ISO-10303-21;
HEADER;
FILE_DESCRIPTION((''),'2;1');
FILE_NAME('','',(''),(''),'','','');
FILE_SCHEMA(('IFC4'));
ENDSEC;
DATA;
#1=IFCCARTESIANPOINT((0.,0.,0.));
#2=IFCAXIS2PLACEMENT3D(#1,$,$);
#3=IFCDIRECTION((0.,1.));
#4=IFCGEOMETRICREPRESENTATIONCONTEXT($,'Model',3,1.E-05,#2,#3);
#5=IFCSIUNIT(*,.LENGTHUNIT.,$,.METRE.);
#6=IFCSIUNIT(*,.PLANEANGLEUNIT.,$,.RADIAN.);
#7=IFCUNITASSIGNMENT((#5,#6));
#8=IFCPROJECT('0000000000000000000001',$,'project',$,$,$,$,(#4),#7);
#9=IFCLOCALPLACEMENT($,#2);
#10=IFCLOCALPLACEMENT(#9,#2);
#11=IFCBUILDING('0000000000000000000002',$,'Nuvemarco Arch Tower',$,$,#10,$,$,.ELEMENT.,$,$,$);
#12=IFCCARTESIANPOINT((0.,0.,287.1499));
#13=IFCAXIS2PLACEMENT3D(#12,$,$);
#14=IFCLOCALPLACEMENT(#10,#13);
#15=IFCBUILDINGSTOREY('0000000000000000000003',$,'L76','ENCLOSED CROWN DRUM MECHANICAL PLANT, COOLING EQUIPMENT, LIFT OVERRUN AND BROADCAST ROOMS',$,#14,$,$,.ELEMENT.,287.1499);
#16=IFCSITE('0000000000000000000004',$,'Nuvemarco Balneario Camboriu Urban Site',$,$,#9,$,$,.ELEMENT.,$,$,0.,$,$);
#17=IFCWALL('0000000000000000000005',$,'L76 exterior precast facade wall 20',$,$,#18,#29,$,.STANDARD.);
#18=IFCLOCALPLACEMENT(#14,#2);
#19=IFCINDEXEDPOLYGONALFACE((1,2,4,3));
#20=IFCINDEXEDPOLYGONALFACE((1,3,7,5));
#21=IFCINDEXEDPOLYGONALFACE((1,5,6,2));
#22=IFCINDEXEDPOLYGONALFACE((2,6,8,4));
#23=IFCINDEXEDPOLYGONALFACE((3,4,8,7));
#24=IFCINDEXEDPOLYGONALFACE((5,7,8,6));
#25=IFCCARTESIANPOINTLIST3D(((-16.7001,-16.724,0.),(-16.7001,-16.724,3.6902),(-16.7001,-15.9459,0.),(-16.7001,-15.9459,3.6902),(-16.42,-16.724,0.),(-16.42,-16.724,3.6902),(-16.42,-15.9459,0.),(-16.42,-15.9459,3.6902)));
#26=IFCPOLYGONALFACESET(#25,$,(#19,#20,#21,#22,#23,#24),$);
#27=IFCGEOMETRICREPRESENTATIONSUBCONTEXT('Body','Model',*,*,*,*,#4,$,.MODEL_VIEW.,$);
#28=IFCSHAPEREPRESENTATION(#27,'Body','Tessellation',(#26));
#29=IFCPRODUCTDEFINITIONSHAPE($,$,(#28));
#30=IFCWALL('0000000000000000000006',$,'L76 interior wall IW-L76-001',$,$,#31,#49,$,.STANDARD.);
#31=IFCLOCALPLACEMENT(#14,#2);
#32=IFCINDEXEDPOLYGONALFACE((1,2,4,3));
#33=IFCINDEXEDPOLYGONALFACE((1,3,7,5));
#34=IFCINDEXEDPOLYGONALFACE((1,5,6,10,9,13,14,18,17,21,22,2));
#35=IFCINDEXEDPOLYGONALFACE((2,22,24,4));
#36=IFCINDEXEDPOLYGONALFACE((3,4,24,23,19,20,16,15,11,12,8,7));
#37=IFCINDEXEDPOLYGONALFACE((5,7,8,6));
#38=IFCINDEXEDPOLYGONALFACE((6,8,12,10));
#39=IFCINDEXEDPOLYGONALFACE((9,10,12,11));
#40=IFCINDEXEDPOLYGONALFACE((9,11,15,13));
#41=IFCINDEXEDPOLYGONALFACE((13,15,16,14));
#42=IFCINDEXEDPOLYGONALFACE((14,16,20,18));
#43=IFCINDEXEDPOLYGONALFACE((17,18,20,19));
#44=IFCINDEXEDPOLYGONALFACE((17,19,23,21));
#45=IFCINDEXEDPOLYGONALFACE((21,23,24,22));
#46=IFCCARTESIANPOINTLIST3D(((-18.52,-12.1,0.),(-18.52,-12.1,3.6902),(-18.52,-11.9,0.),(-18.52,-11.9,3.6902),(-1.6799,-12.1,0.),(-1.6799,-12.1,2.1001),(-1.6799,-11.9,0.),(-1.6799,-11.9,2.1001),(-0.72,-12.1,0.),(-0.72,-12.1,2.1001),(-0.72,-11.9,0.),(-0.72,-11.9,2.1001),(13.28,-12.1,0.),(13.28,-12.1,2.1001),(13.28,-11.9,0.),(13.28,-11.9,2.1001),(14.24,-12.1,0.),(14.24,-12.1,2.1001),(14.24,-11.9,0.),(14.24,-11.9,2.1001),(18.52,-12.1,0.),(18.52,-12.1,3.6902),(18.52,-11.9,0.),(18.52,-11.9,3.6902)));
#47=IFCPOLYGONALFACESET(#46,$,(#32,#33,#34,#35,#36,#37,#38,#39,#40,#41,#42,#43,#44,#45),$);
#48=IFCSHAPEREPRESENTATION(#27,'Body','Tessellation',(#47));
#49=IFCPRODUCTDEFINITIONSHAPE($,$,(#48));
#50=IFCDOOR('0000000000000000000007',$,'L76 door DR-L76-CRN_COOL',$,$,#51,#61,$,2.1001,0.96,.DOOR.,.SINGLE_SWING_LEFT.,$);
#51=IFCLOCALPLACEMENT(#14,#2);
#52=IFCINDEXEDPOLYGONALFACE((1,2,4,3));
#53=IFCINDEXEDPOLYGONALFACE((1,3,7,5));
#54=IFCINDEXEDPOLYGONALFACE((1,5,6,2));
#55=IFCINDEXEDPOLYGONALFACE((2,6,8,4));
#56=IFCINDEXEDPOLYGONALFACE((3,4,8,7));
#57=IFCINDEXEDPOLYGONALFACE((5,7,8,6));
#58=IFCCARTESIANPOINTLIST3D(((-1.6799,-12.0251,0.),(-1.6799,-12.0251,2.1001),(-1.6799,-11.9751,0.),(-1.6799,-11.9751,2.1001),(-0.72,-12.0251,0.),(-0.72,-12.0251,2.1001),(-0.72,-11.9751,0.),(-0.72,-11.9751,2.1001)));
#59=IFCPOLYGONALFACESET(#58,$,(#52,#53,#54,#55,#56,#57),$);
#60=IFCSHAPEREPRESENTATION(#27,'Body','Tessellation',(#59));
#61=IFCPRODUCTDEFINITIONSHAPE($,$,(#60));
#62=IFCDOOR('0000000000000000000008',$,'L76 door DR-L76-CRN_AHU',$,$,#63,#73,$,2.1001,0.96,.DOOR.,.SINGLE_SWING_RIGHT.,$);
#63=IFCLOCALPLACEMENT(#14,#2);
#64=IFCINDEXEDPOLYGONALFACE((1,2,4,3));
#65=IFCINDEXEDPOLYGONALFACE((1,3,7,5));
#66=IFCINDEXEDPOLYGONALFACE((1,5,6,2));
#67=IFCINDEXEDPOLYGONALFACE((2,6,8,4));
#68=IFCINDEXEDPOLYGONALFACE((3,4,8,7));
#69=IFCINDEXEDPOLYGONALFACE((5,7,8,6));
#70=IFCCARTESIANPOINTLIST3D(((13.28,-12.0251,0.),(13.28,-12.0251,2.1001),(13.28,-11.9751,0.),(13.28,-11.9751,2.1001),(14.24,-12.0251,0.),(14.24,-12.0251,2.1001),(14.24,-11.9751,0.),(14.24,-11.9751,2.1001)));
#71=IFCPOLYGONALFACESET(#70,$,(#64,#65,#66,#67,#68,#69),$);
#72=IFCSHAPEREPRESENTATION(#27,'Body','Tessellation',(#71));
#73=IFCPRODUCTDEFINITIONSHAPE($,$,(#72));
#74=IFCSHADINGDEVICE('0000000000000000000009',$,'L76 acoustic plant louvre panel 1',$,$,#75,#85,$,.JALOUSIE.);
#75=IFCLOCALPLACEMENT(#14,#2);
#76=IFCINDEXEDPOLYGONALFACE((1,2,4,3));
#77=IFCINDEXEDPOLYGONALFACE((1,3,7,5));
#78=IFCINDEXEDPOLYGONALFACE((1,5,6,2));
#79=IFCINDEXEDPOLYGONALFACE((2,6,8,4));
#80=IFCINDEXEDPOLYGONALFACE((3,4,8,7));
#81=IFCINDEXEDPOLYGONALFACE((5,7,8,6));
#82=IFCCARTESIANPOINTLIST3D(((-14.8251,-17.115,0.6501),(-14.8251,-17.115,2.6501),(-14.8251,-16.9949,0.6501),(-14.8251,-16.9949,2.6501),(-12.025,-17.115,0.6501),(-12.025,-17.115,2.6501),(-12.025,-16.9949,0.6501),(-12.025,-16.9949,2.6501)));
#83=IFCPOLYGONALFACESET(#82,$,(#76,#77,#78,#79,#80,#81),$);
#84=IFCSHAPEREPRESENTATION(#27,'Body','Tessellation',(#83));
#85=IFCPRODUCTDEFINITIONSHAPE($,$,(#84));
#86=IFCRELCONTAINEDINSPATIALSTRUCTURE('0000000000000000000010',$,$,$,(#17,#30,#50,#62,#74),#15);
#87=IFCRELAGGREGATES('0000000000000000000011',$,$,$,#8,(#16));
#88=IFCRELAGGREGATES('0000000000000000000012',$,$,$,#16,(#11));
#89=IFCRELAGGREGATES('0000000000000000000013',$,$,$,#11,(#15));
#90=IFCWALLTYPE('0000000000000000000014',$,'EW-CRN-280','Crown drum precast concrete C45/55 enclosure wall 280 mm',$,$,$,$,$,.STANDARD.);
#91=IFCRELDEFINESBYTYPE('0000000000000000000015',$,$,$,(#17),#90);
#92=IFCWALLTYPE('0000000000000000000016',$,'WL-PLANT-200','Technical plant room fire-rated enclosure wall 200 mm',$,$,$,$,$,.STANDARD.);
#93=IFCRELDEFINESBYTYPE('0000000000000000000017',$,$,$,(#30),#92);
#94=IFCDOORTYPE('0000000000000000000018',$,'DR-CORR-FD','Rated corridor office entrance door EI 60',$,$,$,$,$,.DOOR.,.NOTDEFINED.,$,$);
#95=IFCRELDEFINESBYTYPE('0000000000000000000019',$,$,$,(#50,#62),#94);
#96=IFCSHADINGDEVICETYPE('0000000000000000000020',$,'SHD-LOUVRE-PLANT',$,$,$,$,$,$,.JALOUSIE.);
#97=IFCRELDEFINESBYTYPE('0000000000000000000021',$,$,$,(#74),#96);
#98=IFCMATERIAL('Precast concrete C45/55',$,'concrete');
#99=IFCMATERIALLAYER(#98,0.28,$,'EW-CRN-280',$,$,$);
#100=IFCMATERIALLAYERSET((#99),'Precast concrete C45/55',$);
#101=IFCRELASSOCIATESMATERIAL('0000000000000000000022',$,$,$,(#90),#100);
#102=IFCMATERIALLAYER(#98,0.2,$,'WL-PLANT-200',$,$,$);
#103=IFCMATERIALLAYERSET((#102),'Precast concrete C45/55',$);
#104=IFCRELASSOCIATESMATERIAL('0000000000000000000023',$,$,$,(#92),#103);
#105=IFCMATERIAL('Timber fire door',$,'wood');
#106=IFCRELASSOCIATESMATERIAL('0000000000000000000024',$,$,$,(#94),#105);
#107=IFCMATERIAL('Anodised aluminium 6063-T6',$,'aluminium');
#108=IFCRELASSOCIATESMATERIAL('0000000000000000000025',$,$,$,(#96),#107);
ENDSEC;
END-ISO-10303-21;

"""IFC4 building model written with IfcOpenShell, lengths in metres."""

from ifc_helpers import new_model, si_unit, direction, frame, frame_2d, origin, origin_2d, place, context, subcontext, project, spatial, rectangle, extrude, source, transform, mapped, material, layer, layer_set, type_object, type_shapes, element, fill, save


model = new_model("IFC4")

# Units and contexts
model_context = context("Model", 3, precision=1e-05, world=origin(), true_north=direction((0.0, 1.0)))
body_context = subcontext(model_context, "Body", "Model", "MODEL_VIEW")
ifc_project = project(units=[si_unit("LENGTHUNIT", "METRE"), si_unit("PLANEANGLEUNIT", "RADIAN")], contexts=[model_context])

# Site, building, storey
site_placement = place(None, origin())
site = spatial("IfcSite", under=ifc_project, at=site_placement, Name="Nuvemarco Balneario Camboriu Urban Site", CompositionType="ELEMENT", RefElevation=0.0)
building_placement = place(site_placement, origin())
building = spatial("IfcBuilding", under=site, at=building_placement, Name="Nuvemarco Arch Tower", CompositionType="ELEMENT")
storey_placement = place(building_placement, frame((0.0, 0.0, 287.1499)))
storey = spatial("IfcBuildingStorey", under=building, at=storey_placement, Name="L76", Description="ENCLOSED CROWN DRUM MECHANICAL PLANT, COOLING EQUIPMENT, LIFT OVERRUN AND BROADCAST ROOMS", CompositionType="ELEMENT", Elevation=287.1499)

# Shared definitions
ifc_material_1 = material(Name="Precast concrete C45/55", Category="concrete")

# Wall
ifc_layer_1 = layer(ifc_material_1, 0.28, Name="EW-CRN-280")
ifc_layer_set_1 = layer_set([ifc_layer_1], Name="Precast concrete C45/55")
wall_type_1 = type_object("IfcWallType", Name="EW-CRN-280", Description="Crown drum precast concrete C45/55 enclosure wall 280 mm", PredefinedType="STANDARD", material=ifc_layer_set_1)
wall_1_placement = place(storey_placement, frame((-16.5601, -16.7241, 0.0), z_axis=(0.0, 0.0, 1.0), x_axis=(0.0, 1.0, 0.0)))
element("IfcWall", 1, at=wall_1_placement, inside=storey, type_object=wall_type_1, Name="L76 exterior precast facade wall 20", PredefinedType="STANDARD", context=body_context, shape_type="SweptSolid", body=[
    extrude(rectangle(XDim=0.7781, YDim=0.28, at=frame_2d((0.3892, 0.0))), origin(), (0.0, 0.0, 1.0), 3.6902),
])

# Wall, openings, doors
ifc_layer_2 = layer(ifc_material_1, 0.2, Name="WL-PLANT-200")
ifc_layer_set_2 = layer_set([ifc_layer_2], Name="Precast concrete C45/55")
wall_type_2 = type_object("IfcWallType", Name="WL-PLANT-200", Description="Technical plant room fire-rated enclosure wall 200 mm", PredefinedType="STANDARD", material=ifc_layer_set_2)
wall_2_placement = place(storey_placement, frame((-18.52, -12.0, 0.0), z_axis=(0.0, 0.0, 1.0), x_axis=(1.0, 0.0, 0.0)))
wall_2 = element("IfcWall", 2, at=wall_2_placement, inside=storey, type_object=wall_type_2, Name="L76 interior wall IW-L76-001", PredefinedType="STANDARD", context=body_context, shape_type="SweptSolid", body=[
    extrude(rectangle(XDim=37.04, YDim=0.2, at=frame_2d((18.52, 0.0))), origin(), (0.0, 0.0, 1.0), 3.6902),
])
opening_1_placement = place(wall_2_placement, frame((16.8401, 0.0, 0.0)))
opening_1 = element("IfcOpeningElement", 3, at=opening_1_placement, cuts=wall_2, PredefinedType="OPENING", context=body_context, shape_type="SweptSolid", body=[
    extrude(rectangle(XDim=0.96, YDim=2.1001, at=frame_2d((0.48, 1.05))), frame((0.0, 0.1099, 0.0), z_axis=(0.0, -1.0, 0.0), x_axis=(1.0, 0.0, 0.0)), (0.0, 0.0, 1.0), 0.22),
])
opening_2_placement = place(wall_2_placement, frame((31.8, 0.0, 0.0)))
opening_2 = element("IfcOpeningElement", 4, at=opening_2_placement, cuts=wall_2, PredefinedType="OPENING", context=body_context, shape_type="SweptSolid", body=[
    extrude(rectangle(XDim=0.96, YDim=2.1001, at=frame_2d((0.48, 1.05))), frame((0.0, 0.1099, 0.0), z_axis=(0.0, -1.0, 0.0), x_axis=(1.0, 0.0, 0.0)), (0.0, 0.0, 1.0), 0.22),
])
ifc_material_2 = material(Name="Timber fire door", Category="wood")
door_type = type_object("IfcDoorType", Name="DR-CORR-FD", Description="Rated corridor office entrance door EI 60", OperationType="NOTDEFINED", PredefinedType="DOOR", material=ifc_material_2)
shared_shape_1 = source(origin(), body_context, "Body", "SweptSolid", [
    extrude(rectangle(XDim=0.96, YDim=2.1001, at=frame_2d((0.48, 1.05))), frame((0.0, 0.0249, 0.0), z_axis=(0.0, -1.0, 0.0), x_axis=(1.0, 0.0, 0.0)), (0.0, 0.0, 1.0), 0.05),
])
type_shapes(door_type, [shared_shape_1])
door_1_placement = place(opening_1_placement, origin())
door_1 = element("IfcDoor", 5, at=door_1_placement, inside=storey, type_object=door_type, Name="L76 door DR-L76-CRN_COOL", OperationType="SINGLE_SWING_LEFT", OverallHeight=2.1001, OverallWidth=0.96, PredefinedType="DOOR", context=body_context, shape_type="MappedRepresentation", body=[
    mapped(shared_shape_1, transform((0.0, 0.0, 0.0), scale=1.0)),
])
fill(opening_1, door_1)
door_2_placement = place(opening_2_placement, origin())
door_2 = element("IfcDoor", 6, at=door_2_placement, inside=storey, type_object=door_type, Name="L76 door DR-L76-CRN_AHU", OperationType="SINGLE_SWING_RIGHT", OverallHeight=2.1001, OverallWidth=0.96, PredefinedType="DOOR", context=body_context, shape_type="MappedRepresentation", body=[
    mapped(shared_shape_1, transform((0.0, 0.0, 0.0), scale=1.0)),
])
fill(opening_2, door_2)

# Shading device
ifc_material_3 = material(Name="Anodised aluminium 6063-T6", Category="aluminium")
shading_device_type = type_object("IfcShadingDeviceType", Name="SHD-LOUVRE-PLANT", PredefinedType="JALOUSIE", material=ifc_material_3)
shared_shape_2 = source(origin(), body_context, "Body", "SweptSolid", [
    extrude(rectangle(XDim=2.8, YDim=0.1201, at=origin_2d()), origin(), (0.0, 0.0, 1.0), 2.0),
])
type_shapes(shading_device_type, [shared_shape_2])
shading_device_placement = place(storey_placement, frame((-13.425, -17.0549, 0.6501), z_axis=(0.0, 0.0, 1.0), x_axis=(1.0, 0.0, 0.0)))
element("IfcShadingDevice", 7, at=shading_device_placement, inside=storey, type_object=shading_device_type, Name="L76 acoustic plant louvre panel 1", PredefinedType="JALOUSIE", context=body_context, shape_type="MappedRepresentation", body=[
    mapped(shared_shape_2, transform((0.0, 0.0, 0.0), scale=1.0)),
])

save(model, "model.ifc")
